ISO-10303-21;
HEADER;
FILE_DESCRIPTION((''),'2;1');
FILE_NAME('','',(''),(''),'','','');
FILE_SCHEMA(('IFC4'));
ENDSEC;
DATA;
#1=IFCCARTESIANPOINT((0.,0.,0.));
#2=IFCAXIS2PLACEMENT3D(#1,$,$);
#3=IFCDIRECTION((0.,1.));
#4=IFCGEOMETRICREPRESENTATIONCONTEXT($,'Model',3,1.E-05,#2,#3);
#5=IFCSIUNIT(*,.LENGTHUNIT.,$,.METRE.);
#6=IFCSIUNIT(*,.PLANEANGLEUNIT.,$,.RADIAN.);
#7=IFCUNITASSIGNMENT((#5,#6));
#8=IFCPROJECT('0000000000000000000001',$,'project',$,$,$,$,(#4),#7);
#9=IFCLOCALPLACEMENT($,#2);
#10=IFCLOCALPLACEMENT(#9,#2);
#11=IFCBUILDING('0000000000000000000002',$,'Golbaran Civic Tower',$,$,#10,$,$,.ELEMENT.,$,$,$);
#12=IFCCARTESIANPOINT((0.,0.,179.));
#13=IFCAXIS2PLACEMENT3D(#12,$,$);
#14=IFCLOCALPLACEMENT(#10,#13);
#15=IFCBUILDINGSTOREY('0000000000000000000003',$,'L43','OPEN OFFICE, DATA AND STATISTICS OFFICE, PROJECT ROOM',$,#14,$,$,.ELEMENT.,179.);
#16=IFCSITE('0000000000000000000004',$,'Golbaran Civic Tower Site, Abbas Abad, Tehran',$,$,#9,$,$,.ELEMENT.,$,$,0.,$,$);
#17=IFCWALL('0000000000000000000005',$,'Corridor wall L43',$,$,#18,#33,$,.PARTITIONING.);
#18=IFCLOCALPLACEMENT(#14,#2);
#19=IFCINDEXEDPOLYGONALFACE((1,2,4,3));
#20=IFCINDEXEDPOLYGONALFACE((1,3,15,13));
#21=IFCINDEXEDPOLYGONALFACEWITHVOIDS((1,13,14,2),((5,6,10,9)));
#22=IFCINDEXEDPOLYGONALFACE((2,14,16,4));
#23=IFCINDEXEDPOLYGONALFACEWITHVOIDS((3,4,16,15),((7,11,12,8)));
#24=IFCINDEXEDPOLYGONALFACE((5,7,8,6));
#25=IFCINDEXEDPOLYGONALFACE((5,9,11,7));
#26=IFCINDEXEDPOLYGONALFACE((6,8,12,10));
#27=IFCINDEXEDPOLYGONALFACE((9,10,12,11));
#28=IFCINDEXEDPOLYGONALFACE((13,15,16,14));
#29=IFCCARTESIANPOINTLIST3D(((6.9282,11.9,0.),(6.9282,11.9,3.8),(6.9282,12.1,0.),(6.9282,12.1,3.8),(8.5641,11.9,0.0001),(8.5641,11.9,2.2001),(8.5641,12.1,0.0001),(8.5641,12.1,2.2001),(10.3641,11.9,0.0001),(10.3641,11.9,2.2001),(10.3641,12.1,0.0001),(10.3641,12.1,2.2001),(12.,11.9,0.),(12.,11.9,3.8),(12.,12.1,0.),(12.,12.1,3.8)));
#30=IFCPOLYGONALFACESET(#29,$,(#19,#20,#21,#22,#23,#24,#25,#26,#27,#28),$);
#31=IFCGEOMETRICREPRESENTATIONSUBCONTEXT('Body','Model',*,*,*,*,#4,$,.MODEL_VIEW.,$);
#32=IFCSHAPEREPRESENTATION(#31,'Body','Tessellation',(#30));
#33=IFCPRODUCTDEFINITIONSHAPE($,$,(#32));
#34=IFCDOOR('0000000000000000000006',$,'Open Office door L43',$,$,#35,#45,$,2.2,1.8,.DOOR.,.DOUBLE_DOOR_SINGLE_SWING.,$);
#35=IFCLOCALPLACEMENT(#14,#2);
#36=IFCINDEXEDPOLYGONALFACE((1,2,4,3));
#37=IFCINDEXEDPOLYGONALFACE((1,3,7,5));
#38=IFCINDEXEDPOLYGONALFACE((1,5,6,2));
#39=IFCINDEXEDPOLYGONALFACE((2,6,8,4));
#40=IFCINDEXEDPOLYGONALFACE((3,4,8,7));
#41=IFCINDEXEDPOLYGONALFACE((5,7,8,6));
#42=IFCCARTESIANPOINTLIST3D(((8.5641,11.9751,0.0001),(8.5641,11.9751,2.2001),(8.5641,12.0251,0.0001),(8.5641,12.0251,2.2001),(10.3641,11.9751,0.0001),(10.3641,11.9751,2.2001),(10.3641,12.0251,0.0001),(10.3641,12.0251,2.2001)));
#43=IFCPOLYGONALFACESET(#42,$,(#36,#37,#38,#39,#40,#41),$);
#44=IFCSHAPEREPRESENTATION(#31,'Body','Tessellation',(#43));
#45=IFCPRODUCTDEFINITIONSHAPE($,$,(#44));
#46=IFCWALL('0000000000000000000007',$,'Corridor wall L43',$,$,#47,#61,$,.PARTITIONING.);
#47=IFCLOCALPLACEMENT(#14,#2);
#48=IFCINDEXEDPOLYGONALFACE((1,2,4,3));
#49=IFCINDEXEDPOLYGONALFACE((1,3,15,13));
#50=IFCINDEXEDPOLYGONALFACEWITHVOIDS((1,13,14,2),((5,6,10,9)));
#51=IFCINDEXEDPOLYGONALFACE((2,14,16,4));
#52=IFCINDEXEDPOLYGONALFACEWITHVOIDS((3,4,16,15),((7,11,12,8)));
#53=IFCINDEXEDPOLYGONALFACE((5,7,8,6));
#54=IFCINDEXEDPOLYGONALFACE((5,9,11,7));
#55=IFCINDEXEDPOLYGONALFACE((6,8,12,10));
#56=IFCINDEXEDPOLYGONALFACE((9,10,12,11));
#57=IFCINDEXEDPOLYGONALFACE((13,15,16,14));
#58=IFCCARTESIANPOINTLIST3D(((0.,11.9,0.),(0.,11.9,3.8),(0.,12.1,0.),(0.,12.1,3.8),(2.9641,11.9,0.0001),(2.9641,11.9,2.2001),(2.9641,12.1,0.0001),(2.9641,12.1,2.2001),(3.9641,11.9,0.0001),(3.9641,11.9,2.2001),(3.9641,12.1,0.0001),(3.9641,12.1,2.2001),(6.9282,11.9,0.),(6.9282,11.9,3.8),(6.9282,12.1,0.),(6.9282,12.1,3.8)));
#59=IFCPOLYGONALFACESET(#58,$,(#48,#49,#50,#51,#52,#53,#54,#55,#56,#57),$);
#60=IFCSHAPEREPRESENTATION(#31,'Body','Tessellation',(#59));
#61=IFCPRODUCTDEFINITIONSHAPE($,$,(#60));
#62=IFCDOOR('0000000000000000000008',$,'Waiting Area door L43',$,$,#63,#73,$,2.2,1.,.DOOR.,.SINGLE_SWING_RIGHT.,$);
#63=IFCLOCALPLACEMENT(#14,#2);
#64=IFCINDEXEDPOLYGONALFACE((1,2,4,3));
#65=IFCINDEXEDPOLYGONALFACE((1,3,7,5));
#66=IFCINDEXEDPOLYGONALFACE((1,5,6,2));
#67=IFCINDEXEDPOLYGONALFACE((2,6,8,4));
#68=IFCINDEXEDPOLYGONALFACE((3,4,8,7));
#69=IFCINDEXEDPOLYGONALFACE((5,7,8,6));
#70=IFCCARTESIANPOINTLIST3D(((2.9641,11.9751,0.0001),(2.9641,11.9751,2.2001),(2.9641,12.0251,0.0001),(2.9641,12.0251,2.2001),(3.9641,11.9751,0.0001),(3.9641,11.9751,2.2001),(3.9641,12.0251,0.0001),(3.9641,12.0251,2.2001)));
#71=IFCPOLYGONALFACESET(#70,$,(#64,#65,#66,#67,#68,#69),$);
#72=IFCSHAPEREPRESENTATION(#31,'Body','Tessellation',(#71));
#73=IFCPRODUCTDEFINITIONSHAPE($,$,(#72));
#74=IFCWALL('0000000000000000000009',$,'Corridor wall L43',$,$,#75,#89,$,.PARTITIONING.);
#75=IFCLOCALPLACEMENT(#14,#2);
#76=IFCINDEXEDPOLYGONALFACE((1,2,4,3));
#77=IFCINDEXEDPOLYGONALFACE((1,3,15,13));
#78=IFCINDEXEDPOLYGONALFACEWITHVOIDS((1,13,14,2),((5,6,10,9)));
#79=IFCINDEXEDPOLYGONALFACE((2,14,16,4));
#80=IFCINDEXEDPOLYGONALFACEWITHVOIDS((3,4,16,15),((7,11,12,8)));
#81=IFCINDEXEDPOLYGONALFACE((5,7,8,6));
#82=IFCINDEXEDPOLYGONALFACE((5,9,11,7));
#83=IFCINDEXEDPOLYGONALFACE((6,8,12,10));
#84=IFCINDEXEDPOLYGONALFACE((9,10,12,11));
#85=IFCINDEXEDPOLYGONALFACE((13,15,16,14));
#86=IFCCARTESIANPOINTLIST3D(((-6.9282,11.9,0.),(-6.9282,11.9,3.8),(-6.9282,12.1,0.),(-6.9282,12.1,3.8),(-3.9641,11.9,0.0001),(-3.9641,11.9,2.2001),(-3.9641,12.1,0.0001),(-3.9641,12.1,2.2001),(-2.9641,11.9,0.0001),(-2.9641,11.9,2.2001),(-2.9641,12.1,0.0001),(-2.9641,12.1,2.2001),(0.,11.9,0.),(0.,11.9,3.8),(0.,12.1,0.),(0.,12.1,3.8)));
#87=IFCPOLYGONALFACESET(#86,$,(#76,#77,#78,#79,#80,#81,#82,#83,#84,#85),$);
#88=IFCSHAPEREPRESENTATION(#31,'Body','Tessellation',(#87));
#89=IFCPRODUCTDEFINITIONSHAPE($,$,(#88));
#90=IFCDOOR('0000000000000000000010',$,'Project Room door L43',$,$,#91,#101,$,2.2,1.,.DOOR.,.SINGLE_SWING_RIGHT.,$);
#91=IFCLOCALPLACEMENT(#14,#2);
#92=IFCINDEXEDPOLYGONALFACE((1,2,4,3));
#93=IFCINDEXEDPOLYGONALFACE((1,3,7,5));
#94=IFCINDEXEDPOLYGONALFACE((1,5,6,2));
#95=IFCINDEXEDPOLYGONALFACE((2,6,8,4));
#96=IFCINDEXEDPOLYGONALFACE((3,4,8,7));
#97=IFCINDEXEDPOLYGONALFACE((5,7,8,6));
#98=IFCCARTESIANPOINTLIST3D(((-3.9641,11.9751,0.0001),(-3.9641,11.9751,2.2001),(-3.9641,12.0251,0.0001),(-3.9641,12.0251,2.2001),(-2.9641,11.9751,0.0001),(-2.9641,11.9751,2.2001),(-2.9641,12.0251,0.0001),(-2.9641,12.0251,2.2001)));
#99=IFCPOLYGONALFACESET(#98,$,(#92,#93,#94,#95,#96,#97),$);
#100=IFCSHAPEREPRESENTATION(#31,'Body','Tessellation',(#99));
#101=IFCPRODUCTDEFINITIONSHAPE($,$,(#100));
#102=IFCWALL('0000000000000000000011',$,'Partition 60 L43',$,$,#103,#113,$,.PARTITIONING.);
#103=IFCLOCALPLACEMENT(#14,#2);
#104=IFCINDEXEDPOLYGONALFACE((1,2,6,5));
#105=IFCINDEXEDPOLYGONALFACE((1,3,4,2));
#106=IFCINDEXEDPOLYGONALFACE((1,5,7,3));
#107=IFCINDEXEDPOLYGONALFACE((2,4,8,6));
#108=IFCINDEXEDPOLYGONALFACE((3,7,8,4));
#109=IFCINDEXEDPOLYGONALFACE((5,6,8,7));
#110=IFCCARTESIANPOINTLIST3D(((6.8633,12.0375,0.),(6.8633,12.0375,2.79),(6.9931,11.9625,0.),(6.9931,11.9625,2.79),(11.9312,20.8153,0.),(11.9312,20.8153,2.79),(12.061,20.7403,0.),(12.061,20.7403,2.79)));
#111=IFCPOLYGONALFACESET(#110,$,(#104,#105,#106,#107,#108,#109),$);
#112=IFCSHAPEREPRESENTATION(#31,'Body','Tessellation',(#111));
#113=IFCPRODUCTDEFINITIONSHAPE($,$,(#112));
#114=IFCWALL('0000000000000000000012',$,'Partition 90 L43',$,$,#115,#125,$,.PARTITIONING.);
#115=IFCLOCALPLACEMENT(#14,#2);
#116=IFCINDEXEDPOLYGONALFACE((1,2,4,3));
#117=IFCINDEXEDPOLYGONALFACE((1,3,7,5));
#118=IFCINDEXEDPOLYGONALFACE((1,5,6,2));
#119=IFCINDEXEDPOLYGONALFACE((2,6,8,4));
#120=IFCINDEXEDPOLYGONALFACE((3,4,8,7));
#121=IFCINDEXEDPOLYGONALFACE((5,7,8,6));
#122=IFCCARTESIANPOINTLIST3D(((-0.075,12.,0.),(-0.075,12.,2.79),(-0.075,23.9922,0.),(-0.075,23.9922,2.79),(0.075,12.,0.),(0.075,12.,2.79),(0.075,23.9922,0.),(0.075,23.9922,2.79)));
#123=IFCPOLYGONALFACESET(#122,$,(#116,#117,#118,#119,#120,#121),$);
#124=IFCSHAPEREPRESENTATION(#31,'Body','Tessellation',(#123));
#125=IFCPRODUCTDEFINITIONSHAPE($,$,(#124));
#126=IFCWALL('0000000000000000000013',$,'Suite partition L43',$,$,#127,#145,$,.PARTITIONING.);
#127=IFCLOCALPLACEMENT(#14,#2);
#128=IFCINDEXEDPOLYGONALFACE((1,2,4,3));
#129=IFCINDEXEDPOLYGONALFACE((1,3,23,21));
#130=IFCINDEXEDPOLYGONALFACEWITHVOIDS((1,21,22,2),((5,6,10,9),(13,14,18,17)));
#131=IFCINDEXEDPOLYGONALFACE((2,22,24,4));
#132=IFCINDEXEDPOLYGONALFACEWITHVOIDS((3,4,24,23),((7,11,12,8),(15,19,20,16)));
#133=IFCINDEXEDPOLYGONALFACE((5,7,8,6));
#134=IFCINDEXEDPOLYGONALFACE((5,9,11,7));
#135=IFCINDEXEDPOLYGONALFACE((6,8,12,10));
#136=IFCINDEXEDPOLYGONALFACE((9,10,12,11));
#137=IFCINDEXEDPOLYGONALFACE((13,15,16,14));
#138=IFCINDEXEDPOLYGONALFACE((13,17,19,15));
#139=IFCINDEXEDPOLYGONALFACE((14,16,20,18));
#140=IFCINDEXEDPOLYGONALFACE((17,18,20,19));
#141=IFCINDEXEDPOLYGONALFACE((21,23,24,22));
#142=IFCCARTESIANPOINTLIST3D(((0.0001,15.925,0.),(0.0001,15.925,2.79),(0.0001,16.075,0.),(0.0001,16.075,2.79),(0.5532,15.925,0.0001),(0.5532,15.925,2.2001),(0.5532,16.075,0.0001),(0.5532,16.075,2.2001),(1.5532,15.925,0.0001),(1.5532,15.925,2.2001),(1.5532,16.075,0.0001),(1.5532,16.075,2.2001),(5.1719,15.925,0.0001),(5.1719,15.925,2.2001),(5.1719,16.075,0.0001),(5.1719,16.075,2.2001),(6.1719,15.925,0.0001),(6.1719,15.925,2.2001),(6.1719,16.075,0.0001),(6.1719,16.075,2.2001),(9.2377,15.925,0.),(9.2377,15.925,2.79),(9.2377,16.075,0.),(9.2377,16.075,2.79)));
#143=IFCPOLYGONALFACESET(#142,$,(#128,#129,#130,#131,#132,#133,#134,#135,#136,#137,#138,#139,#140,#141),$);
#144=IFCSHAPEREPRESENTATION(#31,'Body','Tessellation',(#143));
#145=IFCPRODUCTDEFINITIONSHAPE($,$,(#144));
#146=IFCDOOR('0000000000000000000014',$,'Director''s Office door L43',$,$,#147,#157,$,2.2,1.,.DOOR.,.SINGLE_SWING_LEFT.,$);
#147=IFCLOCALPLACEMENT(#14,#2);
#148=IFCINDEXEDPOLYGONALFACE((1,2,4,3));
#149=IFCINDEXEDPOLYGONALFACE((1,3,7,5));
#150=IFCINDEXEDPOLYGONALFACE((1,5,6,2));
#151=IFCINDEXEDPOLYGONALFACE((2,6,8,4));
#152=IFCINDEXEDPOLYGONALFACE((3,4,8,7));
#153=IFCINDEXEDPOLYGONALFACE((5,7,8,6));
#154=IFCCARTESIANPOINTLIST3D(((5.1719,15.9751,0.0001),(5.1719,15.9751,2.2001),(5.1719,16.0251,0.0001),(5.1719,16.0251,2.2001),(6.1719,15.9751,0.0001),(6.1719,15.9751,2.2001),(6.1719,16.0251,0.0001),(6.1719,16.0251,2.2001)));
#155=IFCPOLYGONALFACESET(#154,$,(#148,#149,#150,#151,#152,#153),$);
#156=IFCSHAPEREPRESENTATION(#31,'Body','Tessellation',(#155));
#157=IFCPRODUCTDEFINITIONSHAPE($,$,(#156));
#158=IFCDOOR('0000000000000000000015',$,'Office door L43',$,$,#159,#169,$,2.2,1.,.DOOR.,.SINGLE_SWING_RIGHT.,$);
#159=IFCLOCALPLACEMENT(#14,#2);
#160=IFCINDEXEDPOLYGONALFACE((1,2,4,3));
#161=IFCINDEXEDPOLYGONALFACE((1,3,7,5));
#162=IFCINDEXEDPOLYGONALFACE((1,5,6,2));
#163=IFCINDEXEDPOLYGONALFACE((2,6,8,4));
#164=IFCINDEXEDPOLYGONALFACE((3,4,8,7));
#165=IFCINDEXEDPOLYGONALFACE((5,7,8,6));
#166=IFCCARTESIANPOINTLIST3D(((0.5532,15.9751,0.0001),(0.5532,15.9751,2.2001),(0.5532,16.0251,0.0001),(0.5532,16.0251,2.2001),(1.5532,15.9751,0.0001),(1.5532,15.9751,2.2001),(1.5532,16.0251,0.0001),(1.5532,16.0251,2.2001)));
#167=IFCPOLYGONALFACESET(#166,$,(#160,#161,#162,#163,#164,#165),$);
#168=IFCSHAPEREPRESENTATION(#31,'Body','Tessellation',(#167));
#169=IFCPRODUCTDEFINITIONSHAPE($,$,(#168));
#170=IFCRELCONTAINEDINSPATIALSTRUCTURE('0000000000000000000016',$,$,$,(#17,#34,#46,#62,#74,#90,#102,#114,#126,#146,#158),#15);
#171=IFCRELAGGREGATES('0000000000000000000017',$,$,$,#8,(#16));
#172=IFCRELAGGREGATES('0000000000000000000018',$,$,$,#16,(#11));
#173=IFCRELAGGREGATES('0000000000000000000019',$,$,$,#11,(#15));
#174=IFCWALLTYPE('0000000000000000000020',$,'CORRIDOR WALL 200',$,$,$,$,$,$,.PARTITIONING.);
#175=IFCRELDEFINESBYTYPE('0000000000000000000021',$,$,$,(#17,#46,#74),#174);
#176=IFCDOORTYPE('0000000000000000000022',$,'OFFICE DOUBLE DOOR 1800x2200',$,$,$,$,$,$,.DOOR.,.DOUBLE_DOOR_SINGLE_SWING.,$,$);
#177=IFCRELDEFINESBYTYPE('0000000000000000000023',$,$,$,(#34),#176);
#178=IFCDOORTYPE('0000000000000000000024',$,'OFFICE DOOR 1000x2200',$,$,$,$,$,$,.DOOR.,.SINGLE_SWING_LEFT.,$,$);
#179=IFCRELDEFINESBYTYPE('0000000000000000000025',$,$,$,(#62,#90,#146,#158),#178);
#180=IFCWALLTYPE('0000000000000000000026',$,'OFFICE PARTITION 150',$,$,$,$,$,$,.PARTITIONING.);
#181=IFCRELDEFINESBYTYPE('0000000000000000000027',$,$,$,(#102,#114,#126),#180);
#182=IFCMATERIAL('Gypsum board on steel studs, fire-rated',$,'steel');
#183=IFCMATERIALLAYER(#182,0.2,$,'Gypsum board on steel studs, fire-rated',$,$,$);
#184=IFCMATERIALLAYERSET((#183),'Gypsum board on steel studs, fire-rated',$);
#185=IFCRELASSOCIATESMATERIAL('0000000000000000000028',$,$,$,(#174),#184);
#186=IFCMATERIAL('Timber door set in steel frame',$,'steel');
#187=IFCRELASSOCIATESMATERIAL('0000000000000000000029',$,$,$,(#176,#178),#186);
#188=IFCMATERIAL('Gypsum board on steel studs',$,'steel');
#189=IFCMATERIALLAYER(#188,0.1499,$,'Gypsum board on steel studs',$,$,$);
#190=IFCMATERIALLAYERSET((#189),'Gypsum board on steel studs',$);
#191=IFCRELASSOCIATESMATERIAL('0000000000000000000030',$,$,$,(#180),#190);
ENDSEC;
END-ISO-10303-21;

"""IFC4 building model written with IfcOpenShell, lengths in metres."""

from ifc_helpers import new_model, si_unit, direction, frame, frame_2d, origin, place, context, subcontext, project, spatial, rectangle, extrude, material, layer, layer_set, type_object, element, fill, save


model = new_model("IFC4")

# Units and contexts
model_context = context("Model", 3, precision=1e-05, world=origin(), true_north=direction((0.0, 1.0)))
body_context = subcontext(model_context, "Body", "Model", "MODEL_VIEW")
ifc_project = project(units=[si_unit("LENGTHUNIT", "METRE"), si_unit("PLANEANGLEUNIT", "RADIAN")], contexts=[model_context])

# Site, building, storey
site_placement = place(None, origin())
site = spatial("IfcSite", under=ifc_project, at=site_placement, Name="Golbaran Civic Tower Site, Abbas Abad, Tehran", CompositionType="ELEMENT", RefElevation=0.0)
building_placement = place(site_placement, origin())
building = spatial("IfcBuilding", under=site, at=building_placement, Name="Golbaran Civic Tower", CompositionType="ELEMENT")
storey_placement = place(building_placement, frame((0.0, 0.0, 179.0)))
storey = spatial("IfcBuildingStorey", under=building, at=storey_placement, Name="L43", Description="OPEN OFFICE, DATA AND STATISTICS OFFICE, PROJECT ROOM", CompositionType="ELEMENT", Elevation=179.0)

# Walls, openings, doors
ifc_material_1 = material(Name="Gypsum board on steel studs, fire-rated", Category="steel")
ifc_layer_1 = layer(ifc_material_1, 0.2, Name="Gypsum board on steel studs, fire-rated")
ifc_layer_set_1 = layer_set([ifc_layer_1], Name="Gypsum board on steel studs, fire-rated")
wall_type_1 = type_object("IfcWallType", Name="CORRIDOR WALL 200", PredefinedType="PARTITIONING", material=ifc_layer_set_1)
wall_1_placement = place(storey_placement, frame((12.0, 12.0, 0.0), z_axis=(0.0, 0.0, 1.0), x_axis=(-1.0, 0.0, 0.0)))
wall_1 = element("IfcWall", 1, at=wall_1_placement, inside=storey, type_object=wall_type_1, Name="Corridor wall L43", PredefinedType="PARTITIONING", context=body_context, shape_type="SweptSolid", body=[
    extrude(rectangle(XDim=5.0718, YDim=0.2, at=frame_2d((2.5359, 0.0))), origin(), (0.0, 0.0, 1.0), 3.8),
])
opening_1_placement = place(wall_1_placement, frame((1.636, 0.0, 0.0)))
opening_1 = element("IfcOpeningElement", 2, at=opening_1_placement, cuts=wall_1, PredefinedType="OPENING", context=body_context, shape_type="SweptSolid", body=[
    extrude(rectangle(XDim=1.8, YDim=2.2, at=frame_2d((0.8999, 1.1001))), frame((0.0, 0.1099, 0.0), z_axis=(0.0, -1.0, 0.0), x_axis=(1.0, 0.0, 0.0)), (0.0, 0.0, 1.0), 0.22),
])
ifc_material_2 = material(Name="Timber door set in steel frame", Category="steel")
door_type_1 = type_object("IfcDoorType", Name="OFFICE DOUBLE DOOR 1800x2200", OperationType="DOUBLE_DOOR_SINGLE_SWING", PredefinedType="DOOR", material=ifc_material_2)
door_1_placement = place(opening_1_placement, origin())
door_1 = element("IfcDoor", 3, at=door_1_placement, inside=storey, type_object=door_type_1, Name="Open Office door L43", OperationType="DOUBLE_DOOR_SINGLE_SWING", OverallHeight=2.2, OverallWidth=1.8, PredefinedType="DOOR", context=body_context, shape_type="SweptSolid", body=[
    extrude(rectangle(XDim=1.8, YDim=2.2, at=frame_2d((0.8999, 1.1001))), frame((0.0, 0.0249, 0.0), z_axis=(0.0, -1.0, 0.0), x_axis=(1.0, 0.0, 0.0)), (0.0, 0.0, 1.0), 0.05),
])
fill(opening_1, door_1)
wall_2_placement = place(storey_placement, frame((6.9282, 12.0, 0.0), z_axis=(0.0, 0.0, 1.0), x_axis=(-1.0, 0.0, 0.0)))
wall_2 = element("IfcWall", 4, at=wall_2_placement, inside=storey, type_object=wall_type_1, Name="Corridor wall L43", PredefinedType="PARTITIONING", context=body_context, shape_type="SweptSolid", body=[
    extrude(rectangle(XDim=6.9282, YDim=0.2, at=frame_2d((3.4641, 0.0))), origin(), (0.0, 0.0, 1.0), 3.8),
])
opening_2_placement = place(wall_2_placement, frame((2.9641, 0.0, 0.0)))
opening_2 = element("IfcOpeningElement", 5, at=opening_2_placement, cuts=wall_2, PredefinedType="OPENING", context=body_context, shape_type="SweptSolid", body=[
    extrude(rectangle(XDim=1.0, YDim=2.2, at=frame_2d((0.5, 1.1001))), frame((0.0, 0.1099, 0.0), z_axis=(0.0, -1.0, 0.0), x_axis=(1.0, 0.0, 0.0)), (0.0, 0.0, 1.0), 0.22),
])
door_type_2 = type_object("IfcDoorType", Name="OFFICE DOOR 1000x2200", OperationType="SINGLE_SWING_LEFT", PredefinedType="DOOR", material=ifc_material_2)
door_2_placement = place(opening_2_placement, origin())
door_2 = element("IfcDoor", 6, at=door_2_placement, inside=storey, type_object=door_type_2, Name="Waiting Area door L43", OperationType="SINGLE_SWING_RIGHT", OverallHeight=2.2, OverallWidth=1.0, PredefinedType="DOOR", context=body_context, shape_type="SweptSolid", body=[
    extrude(rectangle(XDim=1.0, YDim=2.2, at=frame_2d((0.5, 1.1001))), frame((0.0, 0.0249, 0.0), z_axis=(0.0, -1.0, 0.0), x_axis=(1.0, 0.0, 0.0)), (0.0, 0.0, 1.0), 0.05),
])
fill(opening_2, door_2)
wall_3_placement = place(storey_placement, frame((0.0, 12.0, 0.0), z_axis=(0.0, 0.0, 1.0), x_axis=(-1.0, 0.0, 0.0)))
wall_3 = element("IfcWall", 7, at=wall_3_placement, inside=storey, type_object=wall_type_1, Name="Corridor wall L43", PredefinedType="PARTITIONING", context=body_context, shape_type="SweptSolid", body=[
    extrude(rectangle(XDim=6.9282, YDim=0.2, at=frame_2d((3.4641, 0.0))), origin(), (0.0, 0.0, 1.0), 3.8),
])
opening_3_placement = place(wall_3_placement, frame((2.9641, 0.0, 0.0)))
opening_3 = element("IfcOpeningElement", 8, at=opening_3_placement, cuts=wall_3, PredefinedType="OPENING", context=body_context, shape_type="SweptSolid", body=[
    extrude(rectangle(XDim=1.0, YDim=2.2, at=frame_2d((0.5, 1.1001))), frame((0.0, 0.1099, 0.0), z_axis=(0.0, -1.0, 0.0), x_axis=(1.0, 0.0, 0.0)), (0.0, 0.0, 1.0), 0.22),
])
door_3_placement = place(opening_3_placement, origin())
door_3 = element("IfcDoor", 9, at=door_3_placement, inside=storey, type_object=door_type_2, Name="Project Room door L43", OperationType="SINGLE_SWING_RIGHT", OverallHeight=2.2, OverallWidth=1.0, PredefinedType="DOOR", context=body_context, shape_type="SweptSolid", body=[
    extrude(rectangle(XDim=1.0, YDim=2.2, at=frame_2d((0.5, 1.1001))), frame((0.0, 0.0249, 0.0), z_axis=(0.0, -1.0, 0.0), x_axis=(1.0, 0.0, 0.0)), (0.0, 0.0, 1.0), 0.05),
])
fill(opening_3, door_3)

# Walls
ifc_material_3 = material(Name="Gypsum board on steel studs", Category="steel")
ifc_layer_2 = layer(ifc_material_3, 0.1499, Name="Gypsum board on steel studs")
ifc_layer_set_2 = layer_set([ifc_layer_2], Name="Gypsum board on steel studs")
wall_type_2 = type_object("IfcWallType", Name="OFFICE PARTITION 150", PredefinedType="PARTITIONING", material=ifc_layer_set_2)
wall_4_placement = place(storey_placement, frame((6.9282, 12.0, 0.0), z_axis=(0.0, 0.0, 1.0), x_axis=(0.499999, 0.866026, 0.0)))
element("IfcWall", 10, at=wall_4_placement, inside=storey, type_object=wall_type_2, Name="Partition 60 L43", PredefinedType="PARTITIONING", context=body_context, shape_type="SweptSolid", body=[
    extrude(rectangle(XDim=10.1357, YDim=0.1499, at=frame_2d((5.0679, 0.0))), origin(), (0.0, 0.0, 1.0), 2.79),
])
wall_5_placement = place(storey_placement, frame((0.0, 12.0, 0.0), z_axis=(0.0, 0.0, 1.0), x_axis=(0.0, 1.0, 0.0)))
element("IfcWall", 11, at=wall_5_placement, inside=storey, type_object=wall_type_2, Name="Partition 90 L43", PredefinedType="PARTITIONING", context=body_context, shape_type="SweptSolid", body=[
    extrude(rectangle(XDim=11.9922, YDim=0.1499, at=frame_2d((5.9961, 0.0))), origin(), (0.0, 0.0, 1.0), 2.79),
])

# Wall, openings, doors
wall_6_placement = place(storey_placement, frame((9.2375, 16.0, 0.0), z_axis=(0.0, 0.0, 1.0), x_axis=(-1.0, 0.0, 0.0)))
wall_6 = element("IfcWall", 12, at=wall_6_placement, inside=storey, type_object=wall_type_2, Name="Suite partition L43", PredefinedType="PARTITIONING", context=body_context, shape_type="SweptSolid", body=[
    extrude(rectangle(XDim=9.2375, YDim=0.1499, at=frame_2d((4.6187, 0.0))), origin(), (0.0, 0.0, 1.0), 2.79),
])
opening_4_placement = place(wall_6_placement, frame((3.0657, 0.0, 0.0)))
opening_4 = element("IfcOpeningElement", 13, at=opening_4_placement, cuts=wall_6, PredefinedType="OPENING", context=body_context, shape_type="SweptSolid", body=[
    extrude(rectangle(XDim=1.0, YDim=2.2, at=frame_2d((0.5, 1.1001))), frame((0.0, 0.085, 0.0), z_axis=(0.0, -1.0, 0.0), x_axis=(1.0, 0.0, 0.0)), (0.0, 0.0, 1.0), 0.1699),
])
opening_5_placement = place(wall_6_placement, frame((7.6843, 0.0, 0.0)))
opening_5 = element("IfcOpeningElement", 14, at=opening_5_placement, cuts=wall_6, PredefinedType="OPENING", context=body_context, shape_type="SweptSolid", body=[
    extrude(rectangle(XDim=1.0, YDim=2.2, at=frame_2d((0.5, 1.1001))), frame((0.0, 0.085, 0.0), z_axis=(0.0, -1.0, 0.0), x_axis=(1.0, 0.0, 0.0)), (0.0, 0.0, 1.0), 0.1699),
])
door_4_placement = place(opening_4_placement, origin())
door_4 = element("IfcDoor", 15, at=door_4_placement, inside=storey, type_object=door_type_2, Name="Director's Office door L43", OperationType="SINGLE_SWING_LEFT", OverallHeight=2.2, OverallWidth=1.0, PredefinedType="DOOR", context=body_context, shape_type="SweptSolid", body=[
    extrude(rectangle(XDim=1.0, YDim=2.2, at=frame_2d((0.5, 1.1001))), frame((0.0, 0.0249, 0.0), z_axis=(0.0, -1.0, 0.0), x_axis=(1.0, 0.0, 0.0)), (0.0, 0.0, 1.0), 0.05),
])
fill(opening_4, door_4)
door_5_placement = place(opening_5_placement, origin())
door_5 = element("IfcDoor", 16, at=door_5_placement, inside=storey, type_object=door_type_2, Name="Office door L43", OperationType="SINGLE_SWING_RIGHT", OverallHeight=2.2, OverallWidth=1.0, PredefinedType="DOOR", context=body_context, shape_type="SweptSolid", body=[
    extrude(rectangle(XDim=1.0, YDim=2.2, at=frame_2d((0.5, 1.1001))), frame((0.0, 0.0249, 0.0), z_axis=(0.0, -1.0, 0.0), x_axis=(1.0, 0.0, 0.0)), (0.0, 0.0, 1.0), 0.05),
])
fill(opening_5, door_5)

save(model, "model.ifc")
